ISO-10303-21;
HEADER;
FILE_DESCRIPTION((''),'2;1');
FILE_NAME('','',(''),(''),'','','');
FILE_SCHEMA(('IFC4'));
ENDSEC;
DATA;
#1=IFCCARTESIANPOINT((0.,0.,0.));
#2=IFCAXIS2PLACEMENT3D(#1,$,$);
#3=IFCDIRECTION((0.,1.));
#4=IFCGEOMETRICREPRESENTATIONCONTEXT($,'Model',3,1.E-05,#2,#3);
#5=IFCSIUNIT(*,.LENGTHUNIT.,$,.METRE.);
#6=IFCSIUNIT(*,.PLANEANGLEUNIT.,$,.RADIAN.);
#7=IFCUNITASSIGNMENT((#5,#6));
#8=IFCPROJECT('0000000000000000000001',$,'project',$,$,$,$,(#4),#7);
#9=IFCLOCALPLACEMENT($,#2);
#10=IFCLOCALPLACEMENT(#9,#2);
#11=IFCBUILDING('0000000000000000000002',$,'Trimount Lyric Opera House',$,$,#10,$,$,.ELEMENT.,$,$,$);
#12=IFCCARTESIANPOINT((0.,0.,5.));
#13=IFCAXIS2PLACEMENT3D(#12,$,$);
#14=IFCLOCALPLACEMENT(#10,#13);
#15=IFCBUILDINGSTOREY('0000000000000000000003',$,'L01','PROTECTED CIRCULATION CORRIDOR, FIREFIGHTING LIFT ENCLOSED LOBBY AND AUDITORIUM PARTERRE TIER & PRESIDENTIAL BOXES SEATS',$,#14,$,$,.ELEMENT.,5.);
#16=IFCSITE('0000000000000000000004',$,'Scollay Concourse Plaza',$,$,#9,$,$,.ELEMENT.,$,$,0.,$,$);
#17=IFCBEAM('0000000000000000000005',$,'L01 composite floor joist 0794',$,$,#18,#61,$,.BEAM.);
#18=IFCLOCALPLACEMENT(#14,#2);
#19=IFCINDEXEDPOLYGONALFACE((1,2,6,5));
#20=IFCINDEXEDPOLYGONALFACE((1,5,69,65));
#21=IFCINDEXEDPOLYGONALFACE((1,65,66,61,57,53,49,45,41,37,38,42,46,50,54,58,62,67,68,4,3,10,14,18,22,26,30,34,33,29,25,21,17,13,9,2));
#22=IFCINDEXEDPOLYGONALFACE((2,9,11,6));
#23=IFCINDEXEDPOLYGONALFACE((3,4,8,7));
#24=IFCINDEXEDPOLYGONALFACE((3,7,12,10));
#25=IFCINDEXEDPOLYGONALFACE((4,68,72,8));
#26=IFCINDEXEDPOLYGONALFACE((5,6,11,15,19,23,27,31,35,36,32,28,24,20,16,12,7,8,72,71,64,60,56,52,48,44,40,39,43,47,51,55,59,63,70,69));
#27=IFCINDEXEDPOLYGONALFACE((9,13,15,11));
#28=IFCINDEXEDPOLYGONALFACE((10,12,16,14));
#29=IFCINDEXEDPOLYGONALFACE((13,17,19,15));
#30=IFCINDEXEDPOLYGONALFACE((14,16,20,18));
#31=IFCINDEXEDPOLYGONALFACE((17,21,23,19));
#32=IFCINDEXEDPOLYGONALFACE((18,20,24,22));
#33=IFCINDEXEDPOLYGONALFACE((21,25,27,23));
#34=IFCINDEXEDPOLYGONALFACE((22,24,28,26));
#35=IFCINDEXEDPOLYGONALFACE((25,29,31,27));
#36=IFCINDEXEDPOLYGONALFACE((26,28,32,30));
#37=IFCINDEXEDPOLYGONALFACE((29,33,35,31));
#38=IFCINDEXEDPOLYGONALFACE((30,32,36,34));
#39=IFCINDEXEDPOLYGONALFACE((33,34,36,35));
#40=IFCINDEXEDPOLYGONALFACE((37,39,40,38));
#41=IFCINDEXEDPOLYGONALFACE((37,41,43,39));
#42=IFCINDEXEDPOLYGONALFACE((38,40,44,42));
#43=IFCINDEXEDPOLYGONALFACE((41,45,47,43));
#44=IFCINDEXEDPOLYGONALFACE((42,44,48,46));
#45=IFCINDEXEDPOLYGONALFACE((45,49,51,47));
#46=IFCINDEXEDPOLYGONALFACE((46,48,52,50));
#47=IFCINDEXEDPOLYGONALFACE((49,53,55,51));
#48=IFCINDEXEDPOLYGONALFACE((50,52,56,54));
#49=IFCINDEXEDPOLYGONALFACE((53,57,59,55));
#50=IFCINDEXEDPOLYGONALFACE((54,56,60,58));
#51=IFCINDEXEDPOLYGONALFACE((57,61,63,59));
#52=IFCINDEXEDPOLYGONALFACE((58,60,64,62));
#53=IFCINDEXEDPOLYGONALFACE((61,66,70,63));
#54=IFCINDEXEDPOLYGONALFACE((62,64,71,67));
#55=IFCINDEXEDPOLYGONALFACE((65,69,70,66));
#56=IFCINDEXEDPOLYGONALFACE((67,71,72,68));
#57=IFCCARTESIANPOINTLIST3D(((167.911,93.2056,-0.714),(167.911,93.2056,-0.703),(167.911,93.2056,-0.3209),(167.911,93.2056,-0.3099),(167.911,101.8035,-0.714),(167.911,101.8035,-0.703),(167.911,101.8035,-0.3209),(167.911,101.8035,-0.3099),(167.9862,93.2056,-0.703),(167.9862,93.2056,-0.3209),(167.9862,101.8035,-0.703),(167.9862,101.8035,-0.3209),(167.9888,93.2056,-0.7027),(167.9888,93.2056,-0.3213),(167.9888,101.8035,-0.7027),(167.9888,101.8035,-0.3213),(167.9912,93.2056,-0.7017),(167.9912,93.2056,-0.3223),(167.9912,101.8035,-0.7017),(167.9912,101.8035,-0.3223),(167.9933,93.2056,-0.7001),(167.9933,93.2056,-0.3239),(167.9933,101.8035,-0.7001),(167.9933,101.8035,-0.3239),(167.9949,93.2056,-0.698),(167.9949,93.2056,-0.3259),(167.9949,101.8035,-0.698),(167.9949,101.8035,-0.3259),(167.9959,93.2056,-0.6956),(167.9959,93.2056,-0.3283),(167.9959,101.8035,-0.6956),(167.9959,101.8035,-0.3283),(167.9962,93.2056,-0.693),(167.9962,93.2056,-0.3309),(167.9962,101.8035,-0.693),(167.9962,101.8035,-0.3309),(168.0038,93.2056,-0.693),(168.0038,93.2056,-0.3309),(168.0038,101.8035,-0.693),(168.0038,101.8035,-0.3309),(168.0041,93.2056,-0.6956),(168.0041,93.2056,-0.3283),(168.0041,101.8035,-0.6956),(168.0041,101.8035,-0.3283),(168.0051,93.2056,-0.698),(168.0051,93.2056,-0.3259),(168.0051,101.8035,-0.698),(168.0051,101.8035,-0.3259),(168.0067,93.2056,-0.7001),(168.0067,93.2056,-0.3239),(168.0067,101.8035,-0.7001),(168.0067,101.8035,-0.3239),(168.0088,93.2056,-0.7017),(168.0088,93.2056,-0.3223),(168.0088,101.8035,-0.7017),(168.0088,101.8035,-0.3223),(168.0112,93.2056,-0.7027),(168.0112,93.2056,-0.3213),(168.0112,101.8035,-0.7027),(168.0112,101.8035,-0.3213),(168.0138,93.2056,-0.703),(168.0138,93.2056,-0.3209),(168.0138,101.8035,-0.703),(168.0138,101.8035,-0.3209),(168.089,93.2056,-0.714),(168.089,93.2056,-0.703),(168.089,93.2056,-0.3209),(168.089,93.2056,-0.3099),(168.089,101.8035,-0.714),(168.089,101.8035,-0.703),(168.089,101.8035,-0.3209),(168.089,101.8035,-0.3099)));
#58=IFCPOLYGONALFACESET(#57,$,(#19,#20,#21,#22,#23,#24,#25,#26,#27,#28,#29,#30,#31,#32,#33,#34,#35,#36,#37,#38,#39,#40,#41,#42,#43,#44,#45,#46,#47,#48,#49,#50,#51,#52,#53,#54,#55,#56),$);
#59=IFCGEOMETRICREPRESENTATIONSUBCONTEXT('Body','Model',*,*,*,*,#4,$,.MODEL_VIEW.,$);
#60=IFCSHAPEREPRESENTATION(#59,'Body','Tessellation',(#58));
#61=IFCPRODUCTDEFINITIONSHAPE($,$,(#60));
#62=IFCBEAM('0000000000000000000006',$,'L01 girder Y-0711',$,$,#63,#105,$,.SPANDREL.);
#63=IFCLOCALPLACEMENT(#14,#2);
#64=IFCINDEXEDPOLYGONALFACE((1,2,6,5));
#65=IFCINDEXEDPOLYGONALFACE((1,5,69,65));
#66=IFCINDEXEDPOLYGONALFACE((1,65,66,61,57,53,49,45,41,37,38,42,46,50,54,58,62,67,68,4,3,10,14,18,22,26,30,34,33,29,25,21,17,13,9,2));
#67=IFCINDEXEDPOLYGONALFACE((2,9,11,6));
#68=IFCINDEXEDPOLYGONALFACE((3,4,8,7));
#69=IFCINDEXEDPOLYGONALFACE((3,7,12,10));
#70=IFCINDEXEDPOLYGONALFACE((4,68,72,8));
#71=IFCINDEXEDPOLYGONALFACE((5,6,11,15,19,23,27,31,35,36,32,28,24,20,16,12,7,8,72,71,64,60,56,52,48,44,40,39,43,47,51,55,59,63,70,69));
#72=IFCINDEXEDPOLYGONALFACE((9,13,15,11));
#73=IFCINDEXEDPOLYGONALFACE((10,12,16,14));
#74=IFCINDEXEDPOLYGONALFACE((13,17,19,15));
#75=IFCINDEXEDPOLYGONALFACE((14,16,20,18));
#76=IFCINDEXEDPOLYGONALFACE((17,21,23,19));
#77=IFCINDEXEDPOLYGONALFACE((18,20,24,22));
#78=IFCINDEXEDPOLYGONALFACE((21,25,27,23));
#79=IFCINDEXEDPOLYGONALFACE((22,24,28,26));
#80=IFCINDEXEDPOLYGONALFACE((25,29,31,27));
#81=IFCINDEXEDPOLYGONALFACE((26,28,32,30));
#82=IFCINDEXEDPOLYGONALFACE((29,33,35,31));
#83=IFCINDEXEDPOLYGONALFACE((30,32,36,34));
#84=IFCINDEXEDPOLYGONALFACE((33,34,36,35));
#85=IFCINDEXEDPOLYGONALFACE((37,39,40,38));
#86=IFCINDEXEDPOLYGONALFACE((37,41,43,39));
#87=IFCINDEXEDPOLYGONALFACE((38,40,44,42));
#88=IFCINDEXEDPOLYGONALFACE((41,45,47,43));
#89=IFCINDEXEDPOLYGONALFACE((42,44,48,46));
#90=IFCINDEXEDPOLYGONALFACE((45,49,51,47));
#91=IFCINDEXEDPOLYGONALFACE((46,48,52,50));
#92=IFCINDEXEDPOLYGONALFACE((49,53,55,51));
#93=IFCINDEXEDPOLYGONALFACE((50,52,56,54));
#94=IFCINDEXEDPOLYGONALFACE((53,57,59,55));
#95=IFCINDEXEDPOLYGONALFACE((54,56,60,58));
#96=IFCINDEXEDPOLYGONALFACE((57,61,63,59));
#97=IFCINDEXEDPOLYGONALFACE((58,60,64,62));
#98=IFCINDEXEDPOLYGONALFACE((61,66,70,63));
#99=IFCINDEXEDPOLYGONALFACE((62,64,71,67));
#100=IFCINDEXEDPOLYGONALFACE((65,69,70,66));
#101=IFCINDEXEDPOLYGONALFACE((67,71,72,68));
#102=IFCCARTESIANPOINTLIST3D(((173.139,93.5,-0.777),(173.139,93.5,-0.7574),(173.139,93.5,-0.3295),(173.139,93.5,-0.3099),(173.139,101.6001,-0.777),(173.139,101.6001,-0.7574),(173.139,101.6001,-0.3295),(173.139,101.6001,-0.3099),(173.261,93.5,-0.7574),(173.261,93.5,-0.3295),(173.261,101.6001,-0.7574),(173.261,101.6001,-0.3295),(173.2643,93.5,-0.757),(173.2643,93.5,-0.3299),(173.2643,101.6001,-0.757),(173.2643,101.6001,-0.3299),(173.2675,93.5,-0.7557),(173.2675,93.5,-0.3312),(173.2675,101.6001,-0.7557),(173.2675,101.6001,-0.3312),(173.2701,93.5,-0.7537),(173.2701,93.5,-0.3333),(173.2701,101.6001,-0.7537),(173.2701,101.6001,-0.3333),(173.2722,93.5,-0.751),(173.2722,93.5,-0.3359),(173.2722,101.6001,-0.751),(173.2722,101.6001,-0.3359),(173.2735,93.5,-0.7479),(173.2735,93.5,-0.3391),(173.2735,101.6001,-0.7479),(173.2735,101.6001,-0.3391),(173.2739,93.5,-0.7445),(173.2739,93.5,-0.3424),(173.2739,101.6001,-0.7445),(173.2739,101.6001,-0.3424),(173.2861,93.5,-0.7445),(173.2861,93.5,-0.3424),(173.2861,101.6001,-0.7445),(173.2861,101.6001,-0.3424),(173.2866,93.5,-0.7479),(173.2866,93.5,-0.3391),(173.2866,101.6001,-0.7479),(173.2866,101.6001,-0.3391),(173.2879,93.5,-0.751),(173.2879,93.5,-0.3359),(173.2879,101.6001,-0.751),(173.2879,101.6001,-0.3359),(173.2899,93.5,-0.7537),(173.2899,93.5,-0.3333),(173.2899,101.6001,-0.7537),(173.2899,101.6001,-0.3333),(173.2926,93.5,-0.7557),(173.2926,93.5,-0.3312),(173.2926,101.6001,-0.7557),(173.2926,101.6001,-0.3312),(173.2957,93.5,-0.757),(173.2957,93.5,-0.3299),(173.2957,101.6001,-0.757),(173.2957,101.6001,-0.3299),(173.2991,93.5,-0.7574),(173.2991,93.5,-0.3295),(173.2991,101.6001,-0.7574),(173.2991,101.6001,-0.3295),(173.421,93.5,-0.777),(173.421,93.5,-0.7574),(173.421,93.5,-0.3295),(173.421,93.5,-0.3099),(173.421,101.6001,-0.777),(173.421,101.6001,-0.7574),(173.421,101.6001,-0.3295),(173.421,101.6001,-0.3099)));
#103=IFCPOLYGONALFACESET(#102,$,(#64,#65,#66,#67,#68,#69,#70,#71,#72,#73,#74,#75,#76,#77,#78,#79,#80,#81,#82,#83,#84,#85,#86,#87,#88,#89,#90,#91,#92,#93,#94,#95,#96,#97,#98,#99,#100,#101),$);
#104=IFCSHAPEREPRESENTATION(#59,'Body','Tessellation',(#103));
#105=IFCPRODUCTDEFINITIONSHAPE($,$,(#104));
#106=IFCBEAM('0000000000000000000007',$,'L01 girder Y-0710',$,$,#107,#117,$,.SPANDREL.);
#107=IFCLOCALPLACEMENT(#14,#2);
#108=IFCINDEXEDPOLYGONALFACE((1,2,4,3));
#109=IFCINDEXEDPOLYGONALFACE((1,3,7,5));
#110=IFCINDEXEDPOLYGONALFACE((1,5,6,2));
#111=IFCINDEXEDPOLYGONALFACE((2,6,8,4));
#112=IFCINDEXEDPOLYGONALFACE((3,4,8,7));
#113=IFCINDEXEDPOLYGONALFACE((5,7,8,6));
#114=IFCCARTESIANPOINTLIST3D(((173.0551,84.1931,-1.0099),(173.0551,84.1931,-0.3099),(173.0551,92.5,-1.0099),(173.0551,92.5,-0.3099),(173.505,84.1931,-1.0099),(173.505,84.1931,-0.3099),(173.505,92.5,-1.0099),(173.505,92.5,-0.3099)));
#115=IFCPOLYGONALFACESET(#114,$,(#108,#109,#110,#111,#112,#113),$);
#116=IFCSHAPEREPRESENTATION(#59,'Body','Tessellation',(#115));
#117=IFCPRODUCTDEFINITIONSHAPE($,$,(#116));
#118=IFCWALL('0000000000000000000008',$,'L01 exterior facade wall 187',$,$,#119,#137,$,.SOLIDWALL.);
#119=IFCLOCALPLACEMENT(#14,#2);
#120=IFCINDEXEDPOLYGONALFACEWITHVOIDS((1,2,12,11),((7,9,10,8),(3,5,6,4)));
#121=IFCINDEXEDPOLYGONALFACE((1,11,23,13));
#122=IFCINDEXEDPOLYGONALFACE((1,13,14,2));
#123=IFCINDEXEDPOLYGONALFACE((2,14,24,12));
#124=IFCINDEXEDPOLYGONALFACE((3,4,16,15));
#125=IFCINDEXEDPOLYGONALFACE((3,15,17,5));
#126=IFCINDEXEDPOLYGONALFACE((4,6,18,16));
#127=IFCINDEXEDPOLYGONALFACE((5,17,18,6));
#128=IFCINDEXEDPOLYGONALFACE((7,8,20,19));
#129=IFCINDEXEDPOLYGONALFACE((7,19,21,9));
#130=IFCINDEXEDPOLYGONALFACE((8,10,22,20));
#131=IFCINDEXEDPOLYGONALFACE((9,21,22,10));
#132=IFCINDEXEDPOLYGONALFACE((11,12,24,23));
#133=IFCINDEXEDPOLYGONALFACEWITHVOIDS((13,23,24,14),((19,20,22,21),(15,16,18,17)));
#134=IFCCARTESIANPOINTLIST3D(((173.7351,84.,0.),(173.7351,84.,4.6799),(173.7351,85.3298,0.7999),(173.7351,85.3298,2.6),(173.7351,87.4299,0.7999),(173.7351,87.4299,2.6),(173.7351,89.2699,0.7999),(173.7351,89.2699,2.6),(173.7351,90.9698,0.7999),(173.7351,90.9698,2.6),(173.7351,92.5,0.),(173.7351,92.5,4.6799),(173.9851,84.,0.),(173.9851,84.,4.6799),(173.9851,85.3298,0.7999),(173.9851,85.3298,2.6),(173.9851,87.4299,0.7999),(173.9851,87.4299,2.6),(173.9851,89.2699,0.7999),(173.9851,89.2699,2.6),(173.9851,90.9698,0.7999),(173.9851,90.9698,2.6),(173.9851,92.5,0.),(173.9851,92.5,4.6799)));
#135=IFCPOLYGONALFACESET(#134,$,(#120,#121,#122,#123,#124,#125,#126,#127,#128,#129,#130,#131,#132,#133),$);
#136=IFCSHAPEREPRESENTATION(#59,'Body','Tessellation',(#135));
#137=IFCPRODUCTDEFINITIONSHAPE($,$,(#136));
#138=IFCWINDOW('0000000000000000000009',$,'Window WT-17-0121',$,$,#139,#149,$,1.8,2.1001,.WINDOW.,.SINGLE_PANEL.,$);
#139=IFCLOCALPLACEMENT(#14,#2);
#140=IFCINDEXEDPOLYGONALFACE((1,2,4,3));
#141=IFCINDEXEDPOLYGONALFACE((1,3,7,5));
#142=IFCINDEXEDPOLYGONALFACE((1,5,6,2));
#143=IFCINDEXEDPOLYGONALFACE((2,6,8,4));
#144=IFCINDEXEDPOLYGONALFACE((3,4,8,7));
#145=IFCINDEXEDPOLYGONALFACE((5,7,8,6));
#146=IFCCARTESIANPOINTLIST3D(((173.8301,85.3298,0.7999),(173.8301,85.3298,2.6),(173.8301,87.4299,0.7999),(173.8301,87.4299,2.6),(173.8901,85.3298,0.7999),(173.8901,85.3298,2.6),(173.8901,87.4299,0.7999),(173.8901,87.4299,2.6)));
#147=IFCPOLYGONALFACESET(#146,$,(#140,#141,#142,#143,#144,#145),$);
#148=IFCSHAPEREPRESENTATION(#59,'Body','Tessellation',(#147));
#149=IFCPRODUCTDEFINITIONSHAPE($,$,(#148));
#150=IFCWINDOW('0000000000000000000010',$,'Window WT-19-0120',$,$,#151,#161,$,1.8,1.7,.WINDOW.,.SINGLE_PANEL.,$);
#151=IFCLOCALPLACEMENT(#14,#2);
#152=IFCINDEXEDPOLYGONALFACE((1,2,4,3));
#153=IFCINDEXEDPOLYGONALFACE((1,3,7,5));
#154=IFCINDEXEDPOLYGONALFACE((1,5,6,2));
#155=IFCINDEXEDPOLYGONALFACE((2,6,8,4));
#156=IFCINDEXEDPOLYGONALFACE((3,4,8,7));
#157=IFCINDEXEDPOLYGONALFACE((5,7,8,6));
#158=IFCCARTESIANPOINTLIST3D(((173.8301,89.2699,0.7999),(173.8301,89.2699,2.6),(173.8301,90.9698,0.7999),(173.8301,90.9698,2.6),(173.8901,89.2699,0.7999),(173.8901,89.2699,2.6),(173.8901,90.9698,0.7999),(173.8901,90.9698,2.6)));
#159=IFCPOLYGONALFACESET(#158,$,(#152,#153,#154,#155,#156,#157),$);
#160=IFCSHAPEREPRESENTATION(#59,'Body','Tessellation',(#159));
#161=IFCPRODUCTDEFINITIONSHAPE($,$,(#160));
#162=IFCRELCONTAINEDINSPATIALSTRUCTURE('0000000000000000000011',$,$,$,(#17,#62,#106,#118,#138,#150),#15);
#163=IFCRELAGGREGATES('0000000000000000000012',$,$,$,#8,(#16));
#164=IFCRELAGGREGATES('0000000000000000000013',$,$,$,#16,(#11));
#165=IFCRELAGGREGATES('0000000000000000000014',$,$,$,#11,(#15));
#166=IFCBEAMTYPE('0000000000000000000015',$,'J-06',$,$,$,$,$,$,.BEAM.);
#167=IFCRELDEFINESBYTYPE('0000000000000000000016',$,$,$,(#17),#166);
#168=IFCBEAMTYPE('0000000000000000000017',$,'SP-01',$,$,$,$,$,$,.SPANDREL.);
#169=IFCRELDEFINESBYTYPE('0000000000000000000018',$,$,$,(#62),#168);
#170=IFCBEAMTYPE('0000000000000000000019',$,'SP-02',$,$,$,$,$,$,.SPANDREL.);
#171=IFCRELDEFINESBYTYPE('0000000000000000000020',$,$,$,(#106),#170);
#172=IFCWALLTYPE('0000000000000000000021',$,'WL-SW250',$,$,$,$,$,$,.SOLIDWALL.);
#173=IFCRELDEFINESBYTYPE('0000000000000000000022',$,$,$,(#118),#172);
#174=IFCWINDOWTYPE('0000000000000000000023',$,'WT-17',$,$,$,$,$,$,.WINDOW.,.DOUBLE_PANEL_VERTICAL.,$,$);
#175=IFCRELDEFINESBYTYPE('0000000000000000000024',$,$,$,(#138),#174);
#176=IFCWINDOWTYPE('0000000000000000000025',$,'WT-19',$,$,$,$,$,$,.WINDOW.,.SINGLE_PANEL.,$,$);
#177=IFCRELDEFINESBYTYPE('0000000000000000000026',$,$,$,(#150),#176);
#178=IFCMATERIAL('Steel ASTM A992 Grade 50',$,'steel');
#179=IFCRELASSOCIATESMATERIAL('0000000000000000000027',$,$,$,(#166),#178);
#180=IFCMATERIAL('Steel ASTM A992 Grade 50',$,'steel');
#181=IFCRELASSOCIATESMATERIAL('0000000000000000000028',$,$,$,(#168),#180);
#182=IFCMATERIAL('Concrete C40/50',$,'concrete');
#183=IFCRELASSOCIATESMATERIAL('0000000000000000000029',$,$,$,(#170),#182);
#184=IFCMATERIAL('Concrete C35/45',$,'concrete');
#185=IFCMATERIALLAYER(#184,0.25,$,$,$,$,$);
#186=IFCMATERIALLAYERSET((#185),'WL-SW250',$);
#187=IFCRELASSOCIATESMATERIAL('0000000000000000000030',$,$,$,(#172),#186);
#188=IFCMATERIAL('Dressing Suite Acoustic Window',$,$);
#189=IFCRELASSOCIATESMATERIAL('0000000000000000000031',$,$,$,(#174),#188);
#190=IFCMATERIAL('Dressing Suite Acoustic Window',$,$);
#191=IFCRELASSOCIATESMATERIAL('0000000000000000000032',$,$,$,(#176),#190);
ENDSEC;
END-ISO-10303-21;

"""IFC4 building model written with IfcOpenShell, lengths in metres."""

from ifc_helpers import new_model, si_unit, direction, frame, frame_2d, origin, origin_2d, place, context, subcontext, project, spatial, rectangle, i_section, extrude, material, layer, layer_set, material_profile, profile_set, type_object, element, fill, save


model = new_model("IFC4")

# Units and contexts
model_context = context("Model", 3, precision=1e-05, world=origin(), true_north=direction((0.0, 1.0)))
body_context = subcontext(model_context, "Body", "Model", "MODEL_VIEW")
ifc_project = project(units=[si_unit("LENGTHUNIT", "METRE"), si_unit("PLANEANGLEUNIT", "RADIAN")], contexts=[model_context])

# Site, building, storey
site_placement = place(None, origin())
site = spatial("IfcSite", under=ifc_project, at=site_placement, Name="Scollay Concourse Plaza", CompositionType="ELEMENT", RefElevation=0.0)
building_placement = place(site_placement, origin())
building = spatial("IfcBuilding", under=site, at=building_placement, Name="Trimount Lyric Opera House", CompositionType="ELEMENT")
storey_placement = place(building_placement, frame((0.0, 0.0, 5.0)))
storey = spatial("IfcBuildingStorey", under=building, at=storey_placement, Name="L01", Description="PROTECTED CIRCULATION CORRIDOR, FIREFIGHTING LIFT ENCLOSED LOBBY AND AUDITORIUM PARTERRE TIER & PRESIDENTIAL BOXES SEATS", CompositionType="ELEMENT", Elevation=5.0)

# Beams
ifc_material_1 = material(Name="Steel ASTM A992 Grade 50", Category="steel")
ifc_material_profile_1 = material_profile(ifc_material_1, i_section(OverallWidth=0.178, OverallDepth=0.4041, WebThickness=0.0076, FlangeThickness=0.011, FilletRadius=0.01, at=origin_2d()), Name="W16X36")
ifc_profile_set_1 = profile_set([ifc_material_profile_1], Name="Steel ASTM A992 Grade 50")
beam_type_1 = type_object("IfcBeamType", Name="J-06", PredefinedType="BEAM", material=ifc_profile_set_1)
beam_1_placement = place(storey_placement, frame((168.0, 93.2056, -0.512), z_axis=(0.0, 1.0, 0.0), x_axis=(-1.0, 0.0, 0.0)))
element("IfcBeam", 1, at=beam_1_placement, inside=storey, type_object=beam_type_1, Name="L01 composite floor joist 0794", PredefinedType="BEAM", context=body_context, shape_type="SweptSolid", body=[
    extrude(i_section(OverallWidth=0.178, OverallDepth=0.4041, WebThickness=0.0076, FlangeThickness=0.011, FilletRadius=0.01, at=origin_2d()), origin(), (0.0, 0.0, 1.0), 8.5979),
])
ifc_material_2 = material(Name="Steel ASTM A992 Grade 50", Category="steel")
ifc_material_profile_2 = material_profile(ifc_material_2, i_section(OverallWidth=0.282, OverallDepth=0.467, WebThickness=0.0122, FlangeThickness=0.0195, FilletRadius=0.0129, at=origin_2d()), Name="W18X86")
ifc_profile_set_2 = profile_set([ifc_material_profile_2], Name="Steel ASTM A992 Grade 50")
beam_type_2 = type_object("IfcBeamType", Name="SP-01", PredefinedType="SPANDREL", material=ifc_profile_set_2)
beam_2_placement = place(storey_placement, frame((173.28, 93.5, -0.5435), z_axis=(0.0, 1.0, 0.0), x_axis=(-1.0, 0.0, 0.0)))
element("IfcBeam", 2, at=beam_2_placement, inside=storey, type_object=beam_type_2, Name="L01 girder Y-0711", PredefinedType="SPANDREL", context=body_context, shape_type="SweptSolid", body=[
    extrude(i_section(OverallWidth=0.282, OverallDepth=0.467, WebThickness=0.0122, FlangeThickness=0.0195, FilletRadius=0.0129, at=origin_2d()), origin(), (0.0, 0.0, 1.0), 8.1001),
])
ifc_material_3 = material(Name="Concrete C40/50", Category="concrete")
ifc_material_profile_3 = material_profile(ifc_material_3, rectangle(XDim=0.45, YDim=0.7, at=origin_2d()), Name="RC450X700")
ifc_profile_set_3 = profile_set([ifc_material_profile_3], Name="Concrete C40/50")
beam_type_3 = type_object("IfcBeamType", Name="SP-02", PredefinedType="SPANDREL", material=ifc_profile_set_3)
beam_3_placement = place(storey_placement, frame((173.28, 84.1931, -0.6599), z_axis=(0.0, 1.0, 0.0), x_axis=(-1.0, 0.0, 0.0)))
element("IfcBeam", 3, at=beam_3_placement, inside=storey, type_object=beam_type_3, Name="L01 girder Y-0710", PredefinedType="SPANDREL", context=body_context, shape_type="SweptSolid", body=[
    extrude(rectangle(XDim=0.45, YDim=0.7, at=origin_2d()), origin(), (0.0, 0.0, 1.0), 8.3069),
])

# Wall, openings, windows
ifc_material_4 = material(Name="Concrete C35/45", Category="concrete")
ifc_layer_1 = layer(ifc_material_4, 0.25)
ifc_layer_set_1 = layer_set([ifc_layer_1], Name="WL-SW250")
wall_type = type_object("IfcWallType", Name="WL-SW250", PredefinedType="SOLIDWALL", material=ifc_layer_set_1)
wall_1_placement = place(storey_placement, frame((173.8601, 92.5, 0.0), z_axis=(0.0, 0.0, 1.0), x_axis=(0.0, -1.0, 0.0)))
wall_1 = element("IfcWall", 4, at=wall_1_placement, inside=storey, type_object=wall_type, Name="L01 exterior facade wall 187", PredefinedType="SOLIDWALL", context=body_context, shape_type="SweptSolid", body=[
    extrude(rectangle(XDim=8.5, YDim=0.25, at=frame_2d((4.25, 0.0))), origin(), (0.0, 0.0, 1.0), 4.6799),
])
opening_1_placement = place(wall_1_placement, frame((1.53, 0.0, 0.8)))
opening_1 = element("IfcOpeningElement", 5, at=opening_1_placement, cuts=wall_1, PredefinedType="OPENING", context=body_context, shape_type="SweptSolid", body=[
    extrude(rectangle(XDim=1.7, YDim=1.8, at=frame_2d((0.8501, 0.8999))), frame((0.0, 0.135, 0.0), z_axis=(0.0, -1.0, 0.0), x_axis=(1.0, 0.0, 0.0)), (0.0, 0.0, 1.0), 0.27),
])
opening_2_placement = place(wall_1_placement, frame((5.0701, 0.0, 0.8)))
opening_2 = element("IfcOpeningElement", 6, at=opening_2_placement, cuts=wall_1, PredefinedType="OPENING", context=body_context, shape_type="SweptSolid", body=[
    extrude(rectangle(XDim=2.1001, YDim=1.8, at=frame_2d((1.05, 0.8999))), frame((0.0, 0.135, 0.0), z_axis=(0.0, -1.0, 0.0), x_axis=(1.0, 0.0, 0.0)), (0.0, 0.0, 1.0), 0.27),
])
ifc_material_5 = material(Name="Dressing Suite Acoustic Window")
window_type_1 = type_object("IfcWindowType", Name="WT-17", PartitioningType="DOUBLE_PANEL_VERTICAL", PredefinedType="WINDOW", material=ifc_material_5)
window_1_placement = place(opening_2_placement, origin())
window_1 = element("IfcWindow", 7, at=window_1_placement, inside=storey, type_object=window_type_1, Name="Window WT-17-0121", OverallHeight=1.8, OverallWidth=2.1001, PartitioningType="SINGLE_PANEL", PredefinedType="WINDOW", context=body_context, shape_type="SweptSolid", body=[
    extrude(rectangle(XDim=2.1001, YDim=1.8, at=frame_2d((1.05, 0.8999))), frame((0.0, 0.03, 0.0), z_axis=(0.0, -1.0, 0.0), x_axis=(1.0, 0.0, 0.0)), (0.0, 0.0, 1.0), 0.0601),
])
fill(opening_2, window_1)
ifc_material_6 = material(Name="Dressing Suite Acoustic Window")
window_type_2 = type_object("IfcWindowType", Name="WT-19", PartitioningType="SINGLE_PANEL", PredefinedType="WINDOW", material=ifc_material_6)
window_2_placement = place(opening_1_placement, origin())
window_2 = element("IfcWindow", 8, at=window_2_placement, inside=storey, type_object=window_type_2, Name="Window WT-19-0120", OverallHeight=1.8, OverallWidth=1.7, PartitioningType="SINGLE_PANEL", PredefinedType="WINDOW", context=body_context, shape_type="SweptSolid", body=[
    extrude(rectangle(XDim=1.7, YDim=1.8, at=frame_2d((0.8501, 0.8999))), frame((0.0, 0.03, 0.0), z_axis=(0.0, -1.0, 0.0), x_axis=(1.0, 0.0, 0.0)), (0.0, 0.0, 1.0), 0.0601),
])
fill(opening_1, window_2)

save(model, "model.ifc")
